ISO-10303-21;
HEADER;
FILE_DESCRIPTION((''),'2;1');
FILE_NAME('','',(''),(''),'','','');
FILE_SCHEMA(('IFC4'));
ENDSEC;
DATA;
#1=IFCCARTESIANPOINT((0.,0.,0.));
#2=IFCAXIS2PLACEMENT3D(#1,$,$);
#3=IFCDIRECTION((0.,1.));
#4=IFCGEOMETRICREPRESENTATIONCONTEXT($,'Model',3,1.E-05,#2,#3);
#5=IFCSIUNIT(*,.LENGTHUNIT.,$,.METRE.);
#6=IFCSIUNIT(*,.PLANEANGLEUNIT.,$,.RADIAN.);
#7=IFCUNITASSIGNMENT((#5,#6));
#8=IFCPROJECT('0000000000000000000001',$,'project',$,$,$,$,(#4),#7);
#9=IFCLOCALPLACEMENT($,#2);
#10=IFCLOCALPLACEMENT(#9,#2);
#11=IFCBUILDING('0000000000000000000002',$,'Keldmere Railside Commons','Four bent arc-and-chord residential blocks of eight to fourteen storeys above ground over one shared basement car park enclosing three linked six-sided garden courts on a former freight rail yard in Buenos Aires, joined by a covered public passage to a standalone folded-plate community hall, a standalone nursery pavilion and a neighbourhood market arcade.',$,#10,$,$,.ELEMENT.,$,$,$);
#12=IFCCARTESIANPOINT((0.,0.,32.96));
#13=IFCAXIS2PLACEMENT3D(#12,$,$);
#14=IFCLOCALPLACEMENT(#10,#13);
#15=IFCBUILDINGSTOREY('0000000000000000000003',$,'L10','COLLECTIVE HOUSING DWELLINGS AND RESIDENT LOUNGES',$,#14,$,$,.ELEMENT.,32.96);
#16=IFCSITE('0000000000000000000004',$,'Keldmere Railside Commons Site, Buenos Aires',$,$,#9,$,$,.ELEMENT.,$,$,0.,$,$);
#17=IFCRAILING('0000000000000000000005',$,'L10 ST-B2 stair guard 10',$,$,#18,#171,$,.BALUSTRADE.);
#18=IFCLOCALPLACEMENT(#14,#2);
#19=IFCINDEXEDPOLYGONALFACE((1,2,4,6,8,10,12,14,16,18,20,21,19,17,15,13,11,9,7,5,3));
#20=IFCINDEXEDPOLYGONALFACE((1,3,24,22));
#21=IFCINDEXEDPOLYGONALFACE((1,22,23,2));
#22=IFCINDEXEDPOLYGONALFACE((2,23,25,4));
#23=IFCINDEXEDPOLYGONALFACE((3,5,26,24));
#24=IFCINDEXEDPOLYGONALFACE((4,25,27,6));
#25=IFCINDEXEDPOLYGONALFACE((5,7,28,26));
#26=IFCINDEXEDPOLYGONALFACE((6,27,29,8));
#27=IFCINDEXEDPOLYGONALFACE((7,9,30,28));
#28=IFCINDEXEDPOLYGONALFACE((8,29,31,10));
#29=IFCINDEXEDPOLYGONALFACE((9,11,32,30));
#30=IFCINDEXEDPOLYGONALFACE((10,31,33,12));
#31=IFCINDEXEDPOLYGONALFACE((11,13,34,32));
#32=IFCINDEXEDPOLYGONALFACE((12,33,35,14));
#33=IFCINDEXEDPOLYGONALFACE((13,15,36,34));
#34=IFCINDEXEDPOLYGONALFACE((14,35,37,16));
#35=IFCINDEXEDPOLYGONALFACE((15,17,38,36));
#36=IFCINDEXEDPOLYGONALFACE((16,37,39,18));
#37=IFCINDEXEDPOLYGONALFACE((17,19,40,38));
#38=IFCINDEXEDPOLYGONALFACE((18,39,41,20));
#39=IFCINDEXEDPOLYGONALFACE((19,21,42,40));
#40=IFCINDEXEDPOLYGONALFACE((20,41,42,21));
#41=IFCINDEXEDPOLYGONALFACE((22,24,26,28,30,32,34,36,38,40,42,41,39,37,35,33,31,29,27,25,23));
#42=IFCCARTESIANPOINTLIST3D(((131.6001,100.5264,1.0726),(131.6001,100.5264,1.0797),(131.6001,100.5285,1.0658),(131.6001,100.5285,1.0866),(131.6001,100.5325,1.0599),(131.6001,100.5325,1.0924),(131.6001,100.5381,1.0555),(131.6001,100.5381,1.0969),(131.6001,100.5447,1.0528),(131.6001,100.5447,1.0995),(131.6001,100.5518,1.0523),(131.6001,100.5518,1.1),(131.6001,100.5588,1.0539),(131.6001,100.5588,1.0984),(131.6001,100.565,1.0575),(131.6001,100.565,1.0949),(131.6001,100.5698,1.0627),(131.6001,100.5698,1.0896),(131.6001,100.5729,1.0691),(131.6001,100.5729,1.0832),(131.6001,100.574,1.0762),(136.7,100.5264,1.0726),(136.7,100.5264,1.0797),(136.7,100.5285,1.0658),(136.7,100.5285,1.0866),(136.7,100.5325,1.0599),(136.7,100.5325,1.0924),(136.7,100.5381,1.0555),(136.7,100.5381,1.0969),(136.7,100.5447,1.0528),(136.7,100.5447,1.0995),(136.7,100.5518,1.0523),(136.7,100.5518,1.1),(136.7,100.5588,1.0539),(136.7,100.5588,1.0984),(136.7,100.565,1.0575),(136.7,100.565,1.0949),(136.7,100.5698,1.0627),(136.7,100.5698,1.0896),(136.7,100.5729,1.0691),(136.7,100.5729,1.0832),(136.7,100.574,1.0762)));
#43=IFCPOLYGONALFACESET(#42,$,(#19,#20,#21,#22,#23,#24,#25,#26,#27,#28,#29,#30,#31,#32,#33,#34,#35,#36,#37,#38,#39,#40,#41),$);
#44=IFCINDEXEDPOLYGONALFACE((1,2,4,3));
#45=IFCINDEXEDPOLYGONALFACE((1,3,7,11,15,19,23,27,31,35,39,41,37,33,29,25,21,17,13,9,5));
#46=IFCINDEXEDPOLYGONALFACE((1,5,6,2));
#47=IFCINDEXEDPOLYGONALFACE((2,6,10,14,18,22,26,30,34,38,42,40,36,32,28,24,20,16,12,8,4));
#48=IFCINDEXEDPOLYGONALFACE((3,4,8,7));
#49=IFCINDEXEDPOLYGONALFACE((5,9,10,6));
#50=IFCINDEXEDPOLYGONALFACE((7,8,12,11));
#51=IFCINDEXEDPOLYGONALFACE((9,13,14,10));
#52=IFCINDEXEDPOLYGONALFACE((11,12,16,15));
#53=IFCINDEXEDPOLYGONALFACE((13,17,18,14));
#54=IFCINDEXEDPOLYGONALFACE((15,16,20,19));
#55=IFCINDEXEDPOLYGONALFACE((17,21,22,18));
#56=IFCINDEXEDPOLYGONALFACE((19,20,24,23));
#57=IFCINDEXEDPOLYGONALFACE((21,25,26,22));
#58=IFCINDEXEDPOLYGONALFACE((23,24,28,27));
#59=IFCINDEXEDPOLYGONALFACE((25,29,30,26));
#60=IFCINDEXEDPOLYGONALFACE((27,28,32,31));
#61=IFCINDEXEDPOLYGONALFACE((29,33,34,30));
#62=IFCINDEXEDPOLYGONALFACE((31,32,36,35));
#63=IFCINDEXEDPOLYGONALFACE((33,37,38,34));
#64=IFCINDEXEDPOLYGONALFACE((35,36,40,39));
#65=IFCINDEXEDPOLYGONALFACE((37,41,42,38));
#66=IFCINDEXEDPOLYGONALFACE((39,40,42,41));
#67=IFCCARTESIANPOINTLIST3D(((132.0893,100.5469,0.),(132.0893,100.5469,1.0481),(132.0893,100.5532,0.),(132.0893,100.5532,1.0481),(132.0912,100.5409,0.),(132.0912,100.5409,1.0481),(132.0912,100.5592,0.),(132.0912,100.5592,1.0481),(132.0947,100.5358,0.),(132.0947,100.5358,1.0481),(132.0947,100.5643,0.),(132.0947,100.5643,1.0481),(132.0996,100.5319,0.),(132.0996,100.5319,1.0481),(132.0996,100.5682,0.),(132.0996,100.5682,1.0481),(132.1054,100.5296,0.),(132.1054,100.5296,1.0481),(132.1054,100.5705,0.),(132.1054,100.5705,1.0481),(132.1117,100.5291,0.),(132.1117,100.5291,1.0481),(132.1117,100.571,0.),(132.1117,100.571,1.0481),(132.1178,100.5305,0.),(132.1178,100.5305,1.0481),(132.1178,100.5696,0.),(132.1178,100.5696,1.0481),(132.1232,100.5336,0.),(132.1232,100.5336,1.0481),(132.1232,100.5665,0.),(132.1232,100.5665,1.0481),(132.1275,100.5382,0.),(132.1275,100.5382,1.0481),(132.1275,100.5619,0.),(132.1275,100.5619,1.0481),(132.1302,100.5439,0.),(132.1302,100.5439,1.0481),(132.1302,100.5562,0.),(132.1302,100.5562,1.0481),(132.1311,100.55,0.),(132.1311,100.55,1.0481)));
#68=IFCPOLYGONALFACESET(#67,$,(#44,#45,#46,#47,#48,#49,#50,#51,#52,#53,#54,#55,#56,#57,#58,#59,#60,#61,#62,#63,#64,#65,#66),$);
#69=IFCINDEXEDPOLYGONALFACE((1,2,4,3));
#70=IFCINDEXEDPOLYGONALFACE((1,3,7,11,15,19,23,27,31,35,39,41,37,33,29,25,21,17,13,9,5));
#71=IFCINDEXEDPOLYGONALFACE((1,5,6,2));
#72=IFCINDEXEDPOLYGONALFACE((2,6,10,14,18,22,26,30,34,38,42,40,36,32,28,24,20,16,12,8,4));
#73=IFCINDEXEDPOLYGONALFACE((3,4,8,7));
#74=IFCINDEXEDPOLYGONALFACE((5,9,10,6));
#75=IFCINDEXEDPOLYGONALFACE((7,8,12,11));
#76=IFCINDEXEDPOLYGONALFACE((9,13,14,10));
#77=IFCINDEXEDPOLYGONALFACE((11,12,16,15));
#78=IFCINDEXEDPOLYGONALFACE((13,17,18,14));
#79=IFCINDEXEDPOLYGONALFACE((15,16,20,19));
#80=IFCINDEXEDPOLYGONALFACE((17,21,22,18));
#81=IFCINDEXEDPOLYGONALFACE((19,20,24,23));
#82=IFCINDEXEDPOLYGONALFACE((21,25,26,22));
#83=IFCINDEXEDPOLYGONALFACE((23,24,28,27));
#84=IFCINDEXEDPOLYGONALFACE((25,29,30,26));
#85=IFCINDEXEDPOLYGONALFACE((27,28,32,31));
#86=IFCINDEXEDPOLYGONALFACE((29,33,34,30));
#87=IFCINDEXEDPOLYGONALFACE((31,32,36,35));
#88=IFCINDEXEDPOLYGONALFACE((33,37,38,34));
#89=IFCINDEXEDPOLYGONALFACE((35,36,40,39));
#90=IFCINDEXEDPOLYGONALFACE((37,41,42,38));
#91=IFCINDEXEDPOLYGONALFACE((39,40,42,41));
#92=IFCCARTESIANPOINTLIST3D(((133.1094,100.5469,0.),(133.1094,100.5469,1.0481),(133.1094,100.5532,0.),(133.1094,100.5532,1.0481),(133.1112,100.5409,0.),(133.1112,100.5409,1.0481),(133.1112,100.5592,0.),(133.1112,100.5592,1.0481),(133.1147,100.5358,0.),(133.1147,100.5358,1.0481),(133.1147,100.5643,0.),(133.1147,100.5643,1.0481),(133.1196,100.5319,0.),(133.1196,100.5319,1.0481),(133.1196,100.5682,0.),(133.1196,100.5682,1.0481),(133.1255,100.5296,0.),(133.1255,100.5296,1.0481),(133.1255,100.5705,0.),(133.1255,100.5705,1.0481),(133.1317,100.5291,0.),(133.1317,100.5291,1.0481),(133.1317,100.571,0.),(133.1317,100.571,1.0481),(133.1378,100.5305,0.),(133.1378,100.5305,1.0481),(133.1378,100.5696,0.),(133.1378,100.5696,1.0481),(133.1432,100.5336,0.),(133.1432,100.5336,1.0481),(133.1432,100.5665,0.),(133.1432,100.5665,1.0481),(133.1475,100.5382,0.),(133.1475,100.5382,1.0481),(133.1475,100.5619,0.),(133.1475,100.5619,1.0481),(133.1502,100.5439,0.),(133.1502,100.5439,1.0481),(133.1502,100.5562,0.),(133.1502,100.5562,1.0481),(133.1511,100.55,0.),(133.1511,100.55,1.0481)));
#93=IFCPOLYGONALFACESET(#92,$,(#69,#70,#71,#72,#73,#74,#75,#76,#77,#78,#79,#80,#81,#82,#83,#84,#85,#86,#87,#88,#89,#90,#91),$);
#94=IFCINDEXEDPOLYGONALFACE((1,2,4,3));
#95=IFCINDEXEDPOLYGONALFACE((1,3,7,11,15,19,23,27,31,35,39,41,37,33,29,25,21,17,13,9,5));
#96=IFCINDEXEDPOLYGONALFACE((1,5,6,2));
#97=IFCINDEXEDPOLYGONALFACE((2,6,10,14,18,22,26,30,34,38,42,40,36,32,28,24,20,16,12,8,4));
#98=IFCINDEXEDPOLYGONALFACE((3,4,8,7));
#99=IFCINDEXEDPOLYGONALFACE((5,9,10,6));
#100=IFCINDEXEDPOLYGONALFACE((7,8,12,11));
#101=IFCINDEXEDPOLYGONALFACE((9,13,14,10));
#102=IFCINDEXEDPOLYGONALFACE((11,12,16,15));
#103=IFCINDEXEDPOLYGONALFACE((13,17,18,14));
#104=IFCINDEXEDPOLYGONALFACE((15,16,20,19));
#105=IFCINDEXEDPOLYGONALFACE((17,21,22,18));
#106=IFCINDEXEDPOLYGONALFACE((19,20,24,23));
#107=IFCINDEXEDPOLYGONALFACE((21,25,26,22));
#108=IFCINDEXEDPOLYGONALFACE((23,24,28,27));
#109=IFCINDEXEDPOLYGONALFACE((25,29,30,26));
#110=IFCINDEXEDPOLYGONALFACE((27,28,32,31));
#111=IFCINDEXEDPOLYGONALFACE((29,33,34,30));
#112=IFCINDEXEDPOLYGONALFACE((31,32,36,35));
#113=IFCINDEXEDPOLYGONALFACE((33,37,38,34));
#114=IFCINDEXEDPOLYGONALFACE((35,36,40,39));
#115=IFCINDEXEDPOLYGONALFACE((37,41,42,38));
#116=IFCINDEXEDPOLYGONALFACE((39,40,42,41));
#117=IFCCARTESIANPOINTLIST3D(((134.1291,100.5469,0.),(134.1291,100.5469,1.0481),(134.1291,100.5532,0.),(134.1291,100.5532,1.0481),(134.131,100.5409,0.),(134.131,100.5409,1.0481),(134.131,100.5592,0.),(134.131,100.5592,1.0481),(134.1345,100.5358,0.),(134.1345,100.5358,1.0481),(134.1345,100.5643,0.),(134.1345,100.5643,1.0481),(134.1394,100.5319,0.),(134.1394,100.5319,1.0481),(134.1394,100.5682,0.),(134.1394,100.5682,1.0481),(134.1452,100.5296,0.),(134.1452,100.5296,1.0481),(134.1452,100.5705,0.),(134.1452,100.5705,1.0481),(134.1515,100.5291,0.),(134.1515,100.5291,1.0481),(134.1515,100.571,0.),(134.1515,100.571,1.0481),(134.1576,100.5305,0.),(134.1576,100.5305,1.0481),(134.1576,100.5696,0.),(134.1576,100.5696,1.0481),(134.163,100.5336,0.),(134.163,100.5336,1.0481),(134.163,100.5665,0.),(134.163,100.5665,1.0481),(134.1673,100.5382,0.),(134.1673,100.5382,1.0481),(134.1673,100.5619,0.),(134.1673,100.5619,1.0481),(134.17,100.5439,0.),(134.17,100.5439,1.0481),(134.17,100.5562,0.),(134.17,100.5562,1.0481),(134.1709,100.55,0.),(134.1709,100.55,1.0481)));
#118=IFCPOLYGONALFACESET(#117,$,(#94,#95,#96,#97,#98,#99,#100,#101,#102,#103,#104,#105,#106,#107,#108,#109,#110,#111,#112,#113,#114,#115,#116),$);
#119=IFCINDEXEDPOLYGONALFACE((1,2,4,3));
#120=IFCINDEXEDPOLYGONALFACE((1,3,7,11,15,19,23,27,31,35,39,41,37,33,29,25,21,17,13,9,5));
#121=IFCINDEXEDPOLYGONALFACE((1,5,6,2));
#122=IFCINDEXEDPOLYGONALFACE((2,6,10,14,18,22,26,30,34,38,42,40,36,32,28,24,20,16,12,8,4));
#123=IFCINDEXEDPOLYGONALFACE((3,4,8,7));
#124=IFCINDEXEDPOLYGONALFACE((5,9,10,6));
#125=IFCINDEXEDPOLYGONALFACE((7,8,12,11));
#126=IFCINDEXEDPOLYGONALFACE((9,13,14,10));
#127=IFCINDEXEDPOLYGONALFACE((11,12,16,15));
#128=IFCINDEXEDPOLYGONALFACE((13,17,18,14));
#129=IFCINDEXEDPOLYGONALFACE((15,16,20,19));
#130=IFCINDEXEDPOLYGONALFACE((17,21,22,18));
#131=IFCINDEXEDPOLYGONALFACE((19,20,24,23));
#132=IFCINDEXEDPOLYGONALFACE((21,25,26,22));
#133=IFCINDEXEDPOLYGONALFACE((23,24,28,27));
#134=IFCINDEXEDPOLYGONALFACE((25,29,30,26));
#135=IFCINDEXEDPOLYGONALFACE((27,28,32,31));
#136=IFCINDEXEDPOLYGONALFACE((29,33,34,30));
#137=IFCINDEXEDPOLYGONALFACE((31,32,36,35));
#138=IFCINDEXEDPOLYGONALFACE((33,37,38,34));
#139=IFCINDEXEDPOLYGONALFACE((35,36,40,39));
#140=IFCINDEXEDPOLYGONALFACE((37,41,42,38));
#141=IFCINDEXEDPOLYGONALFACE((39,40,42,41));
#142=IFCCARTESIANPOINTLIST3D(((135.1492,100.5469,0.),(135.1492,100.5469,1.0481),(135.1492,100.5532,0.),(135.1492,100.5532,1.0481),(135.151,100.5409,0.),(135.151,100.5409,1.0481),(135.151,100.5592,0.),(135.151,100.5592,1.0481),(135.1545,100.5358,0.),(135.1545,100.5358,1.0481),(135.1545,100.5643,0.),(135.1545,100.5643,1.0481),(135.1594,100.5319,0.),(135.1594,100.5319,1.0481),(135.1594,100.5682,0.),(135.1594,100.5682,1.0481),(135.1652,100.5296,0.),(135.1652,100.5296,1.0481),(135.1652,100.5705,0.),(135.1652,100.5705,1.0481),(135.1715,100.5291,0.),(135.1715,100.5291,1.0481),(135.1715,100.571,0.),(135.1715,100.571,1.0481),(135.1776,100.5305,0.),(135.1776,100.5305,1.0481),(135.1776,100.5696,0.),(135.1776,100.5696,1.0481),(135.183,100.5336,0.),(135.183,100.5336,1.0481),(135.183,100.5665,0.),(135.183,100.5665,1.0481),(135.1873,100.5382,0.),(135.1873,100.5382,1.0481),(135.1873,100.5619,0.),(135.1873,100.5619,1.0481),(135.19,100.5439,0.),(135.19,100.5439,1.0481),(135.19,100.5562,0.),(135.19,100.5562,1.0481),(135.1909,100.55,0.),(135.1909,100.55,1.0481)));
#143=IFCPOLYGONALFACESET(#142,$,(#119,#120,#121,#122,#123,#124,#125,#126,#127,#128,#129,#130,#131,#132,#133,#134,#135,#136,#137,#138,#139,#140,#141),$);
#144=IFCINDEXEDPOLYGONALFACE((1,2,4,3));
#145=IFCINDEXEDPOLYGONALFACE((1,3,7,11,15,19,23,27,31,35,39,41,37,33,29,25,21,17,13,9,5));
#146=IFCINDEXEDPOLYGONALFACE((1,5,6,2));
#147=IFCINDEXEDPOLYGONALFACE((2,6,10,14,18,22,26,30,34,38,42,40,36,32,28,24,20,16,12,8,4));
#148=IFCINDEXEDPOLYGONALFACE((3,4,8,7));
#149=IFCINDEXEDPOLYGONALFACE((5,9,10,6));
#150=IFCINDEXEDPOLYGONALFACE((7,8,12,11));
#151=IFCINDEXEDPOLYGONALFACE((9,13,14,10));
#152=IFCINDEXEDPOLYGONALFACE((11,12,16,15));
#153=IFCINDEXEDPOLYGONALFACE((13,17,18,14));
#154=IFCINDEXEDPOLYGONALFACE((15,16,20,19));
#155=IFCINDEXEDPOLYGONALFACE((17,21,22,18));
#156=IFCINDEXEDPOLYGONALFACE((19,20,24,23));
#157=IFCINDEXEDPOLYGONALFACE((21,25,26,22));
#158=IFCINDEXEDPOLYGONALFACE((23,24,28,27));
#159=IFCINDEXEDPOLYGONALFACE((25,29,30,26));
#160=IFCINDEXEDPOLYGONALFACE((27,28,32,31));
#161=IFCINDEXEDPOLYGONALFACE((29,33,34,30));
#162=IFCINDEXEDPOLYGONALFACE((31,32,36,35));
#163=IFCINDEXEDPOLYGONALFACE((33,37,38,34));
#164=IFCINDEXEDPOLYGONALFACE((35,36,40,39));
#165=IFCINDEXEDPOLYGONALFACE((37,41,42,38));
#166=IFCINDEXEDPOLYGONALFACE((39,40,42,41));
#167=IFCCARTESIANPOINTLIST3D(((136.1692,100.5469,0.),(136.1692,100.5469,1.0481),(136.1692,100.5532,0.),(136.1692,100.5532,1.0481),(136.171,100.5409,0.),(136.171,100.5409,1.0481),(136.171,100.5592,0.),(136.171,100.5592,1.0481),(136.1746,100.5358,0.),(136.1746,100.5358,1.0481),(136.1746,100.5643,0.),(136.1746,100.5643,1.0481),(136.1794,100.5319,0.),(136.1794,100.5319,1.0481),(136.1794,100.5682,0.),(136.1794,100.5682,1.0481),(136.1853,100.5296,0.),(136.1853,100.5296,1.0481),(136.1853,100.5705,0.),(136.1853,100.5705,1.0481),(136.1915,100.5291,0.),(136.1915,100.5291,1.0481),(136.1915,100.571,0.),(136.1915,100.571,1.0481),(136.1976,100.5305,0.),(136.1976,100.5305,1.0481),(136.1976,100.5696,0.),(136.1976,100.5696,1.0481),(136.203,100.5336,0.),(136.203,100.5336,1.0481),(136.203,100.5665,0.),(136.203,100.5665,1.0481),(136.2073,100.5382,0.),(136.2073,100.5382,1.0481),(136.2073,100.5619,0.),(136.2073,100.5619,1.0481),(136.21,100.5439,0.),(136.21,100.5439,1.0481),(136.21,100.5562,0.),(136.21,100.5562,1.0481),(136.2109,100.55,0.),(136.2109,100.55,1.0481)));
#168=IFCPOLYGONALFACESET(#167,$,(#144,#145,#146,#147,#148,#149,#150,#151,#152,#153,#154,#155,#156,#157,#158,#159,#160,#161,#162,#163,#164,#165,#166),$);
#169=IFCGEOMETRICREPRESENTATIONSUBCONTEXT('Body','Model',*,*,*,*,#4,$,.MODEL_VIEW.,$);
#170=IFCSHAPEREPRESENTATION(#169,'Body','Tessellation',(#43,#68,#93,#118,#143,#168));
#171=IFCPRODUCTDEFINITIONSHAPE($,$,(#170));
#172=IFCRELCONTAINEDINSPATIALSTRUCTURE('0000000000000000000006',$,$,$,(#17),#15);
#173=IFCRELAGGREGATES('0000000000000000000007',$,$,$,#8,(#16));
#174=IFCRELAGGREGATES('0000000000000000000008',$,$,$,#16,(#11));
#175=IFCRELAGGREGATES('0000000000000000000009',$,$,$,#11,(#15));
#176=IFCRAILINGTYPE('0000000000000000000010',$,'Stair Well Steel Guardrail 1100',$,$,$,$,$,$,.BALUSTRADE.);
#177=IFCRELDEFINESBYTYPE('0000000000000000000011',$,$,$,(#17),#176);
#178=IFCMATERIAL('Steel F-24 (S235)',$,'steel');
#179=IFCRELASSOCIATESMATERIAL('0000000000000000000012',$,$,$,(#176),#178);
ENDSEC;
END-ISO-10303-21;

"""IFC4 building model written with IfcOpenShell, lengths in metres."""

from ifc_helpers import new_model, si_unit, direction, frame, origin, origin_2d, place, context, subcontext, project, spatial, circle, extrude, material, type_object, element, save


model = new_model("IFC4")

# Units and contexts
model_context = context("Model", 3, precision=1e-05, world=origin(), true_north=direction((0.0, 1.0)))
body_context = subcontext(model_context, "Body", "Model", "MODEL_VIEW")
ifc_project = project(units=[si_unit("LENGTHUNIT", "METRE"), si_unit("PLANEANGLEUNIT", "RADIAN")], contexts=[model_context])

# Site, building, storey
site_placement = place(None, origin())
site = spatial("IfcSite", under=ifc_project, at=site_placement, Name="Keldmere Railside Commons Site, Buenos Aires", CompositionType="ELEMENT", RefElevation=0.0)
building_placement = place(site_placement, origin())
building = spatial("IfcBuilding", under=site, at=building_placement, Name="Keldmere Railside Commons", Description="Four bent arc-and-chord residential blocks of eight to fourteen storeys above ground over one shared basement car park enclosing three linked six-sided garden courts on a former freight rail yard in Buenos Aires, joined by a covered public passage to a standalone folded-plate community hall, a standalone nursery pavilion and a neighbourhood market arcade.", CompositionType="ELEMENT")
storey_placement = place(building_placement, frame((0.0, 0.0, 32.96)))
storey = spatial("IfcBuildingStorey", under=building, at=storey_placement, Name="L10", Description="COLLECTIVE HOUSING DWELLINGS AND RESIDENT LOUNGES", CompositionType="ELEMENT", Elevation=32.96)

# Railing
ifc_material_1 = material(Name="Steel F-24 (S235)", Category="steel")
railing_type = type_object("IfcRailingType", Name="Stair Well Steel Guardrail 1100", PredefinedType="BALUSTRADE", material=ifc_material_1)
railing_1_placement = place(storey_placement, frame((131.6001, 100.55, 0.0)))
element("IfcRailing", 1, at=railing_1_placement, inside=storey, type_object=railing_type, Name="L10 ST-B2 stair guard 10", PredefinedType="BALUSTRADE", context=body_context, shape_type="SweptSolid", body=[
    extrude(circle(Radius=0.0239, at=origin_2d()), frame((0.0, 0.0, 1.0762), z_axis=(1.0, 0.0, 0.0), x_axis=(0.0, 1.0, 0.0)), (0.0, 0.0, 1.0), 5.0999),
    extrude(circle(Radius=0.021, at=origin_2d()), frame((0.51, 0.0, 0.0)), (0.0, 0.0, 1.0), 1.0481),
    extrude(circle(Radius=0.021, at=origin_2d()), frame((1.53, 0.0, 0.0)), (0.0, 0.0, 1.0), 1.0481),
    extrude(circle(Radius=0.021, at=origin_2d()), frame((2.5498, 0.0, 0.0)), (0.0, 0.0, 1.0), 1.0481),
    extrude(circle(Radius=0.021, at=origin_2d()), frame((3.5698, 0.0, 0.0)), (0.0, 0.0, 1.0), 1.0481),
    extrude(circle(Radius=0.021, at=origin_2d()), frame((4.5898, 0.0, 0.0)), (0.0, 0.0, 1.0), 1.0481),
])

save(model, "model.ifc")
